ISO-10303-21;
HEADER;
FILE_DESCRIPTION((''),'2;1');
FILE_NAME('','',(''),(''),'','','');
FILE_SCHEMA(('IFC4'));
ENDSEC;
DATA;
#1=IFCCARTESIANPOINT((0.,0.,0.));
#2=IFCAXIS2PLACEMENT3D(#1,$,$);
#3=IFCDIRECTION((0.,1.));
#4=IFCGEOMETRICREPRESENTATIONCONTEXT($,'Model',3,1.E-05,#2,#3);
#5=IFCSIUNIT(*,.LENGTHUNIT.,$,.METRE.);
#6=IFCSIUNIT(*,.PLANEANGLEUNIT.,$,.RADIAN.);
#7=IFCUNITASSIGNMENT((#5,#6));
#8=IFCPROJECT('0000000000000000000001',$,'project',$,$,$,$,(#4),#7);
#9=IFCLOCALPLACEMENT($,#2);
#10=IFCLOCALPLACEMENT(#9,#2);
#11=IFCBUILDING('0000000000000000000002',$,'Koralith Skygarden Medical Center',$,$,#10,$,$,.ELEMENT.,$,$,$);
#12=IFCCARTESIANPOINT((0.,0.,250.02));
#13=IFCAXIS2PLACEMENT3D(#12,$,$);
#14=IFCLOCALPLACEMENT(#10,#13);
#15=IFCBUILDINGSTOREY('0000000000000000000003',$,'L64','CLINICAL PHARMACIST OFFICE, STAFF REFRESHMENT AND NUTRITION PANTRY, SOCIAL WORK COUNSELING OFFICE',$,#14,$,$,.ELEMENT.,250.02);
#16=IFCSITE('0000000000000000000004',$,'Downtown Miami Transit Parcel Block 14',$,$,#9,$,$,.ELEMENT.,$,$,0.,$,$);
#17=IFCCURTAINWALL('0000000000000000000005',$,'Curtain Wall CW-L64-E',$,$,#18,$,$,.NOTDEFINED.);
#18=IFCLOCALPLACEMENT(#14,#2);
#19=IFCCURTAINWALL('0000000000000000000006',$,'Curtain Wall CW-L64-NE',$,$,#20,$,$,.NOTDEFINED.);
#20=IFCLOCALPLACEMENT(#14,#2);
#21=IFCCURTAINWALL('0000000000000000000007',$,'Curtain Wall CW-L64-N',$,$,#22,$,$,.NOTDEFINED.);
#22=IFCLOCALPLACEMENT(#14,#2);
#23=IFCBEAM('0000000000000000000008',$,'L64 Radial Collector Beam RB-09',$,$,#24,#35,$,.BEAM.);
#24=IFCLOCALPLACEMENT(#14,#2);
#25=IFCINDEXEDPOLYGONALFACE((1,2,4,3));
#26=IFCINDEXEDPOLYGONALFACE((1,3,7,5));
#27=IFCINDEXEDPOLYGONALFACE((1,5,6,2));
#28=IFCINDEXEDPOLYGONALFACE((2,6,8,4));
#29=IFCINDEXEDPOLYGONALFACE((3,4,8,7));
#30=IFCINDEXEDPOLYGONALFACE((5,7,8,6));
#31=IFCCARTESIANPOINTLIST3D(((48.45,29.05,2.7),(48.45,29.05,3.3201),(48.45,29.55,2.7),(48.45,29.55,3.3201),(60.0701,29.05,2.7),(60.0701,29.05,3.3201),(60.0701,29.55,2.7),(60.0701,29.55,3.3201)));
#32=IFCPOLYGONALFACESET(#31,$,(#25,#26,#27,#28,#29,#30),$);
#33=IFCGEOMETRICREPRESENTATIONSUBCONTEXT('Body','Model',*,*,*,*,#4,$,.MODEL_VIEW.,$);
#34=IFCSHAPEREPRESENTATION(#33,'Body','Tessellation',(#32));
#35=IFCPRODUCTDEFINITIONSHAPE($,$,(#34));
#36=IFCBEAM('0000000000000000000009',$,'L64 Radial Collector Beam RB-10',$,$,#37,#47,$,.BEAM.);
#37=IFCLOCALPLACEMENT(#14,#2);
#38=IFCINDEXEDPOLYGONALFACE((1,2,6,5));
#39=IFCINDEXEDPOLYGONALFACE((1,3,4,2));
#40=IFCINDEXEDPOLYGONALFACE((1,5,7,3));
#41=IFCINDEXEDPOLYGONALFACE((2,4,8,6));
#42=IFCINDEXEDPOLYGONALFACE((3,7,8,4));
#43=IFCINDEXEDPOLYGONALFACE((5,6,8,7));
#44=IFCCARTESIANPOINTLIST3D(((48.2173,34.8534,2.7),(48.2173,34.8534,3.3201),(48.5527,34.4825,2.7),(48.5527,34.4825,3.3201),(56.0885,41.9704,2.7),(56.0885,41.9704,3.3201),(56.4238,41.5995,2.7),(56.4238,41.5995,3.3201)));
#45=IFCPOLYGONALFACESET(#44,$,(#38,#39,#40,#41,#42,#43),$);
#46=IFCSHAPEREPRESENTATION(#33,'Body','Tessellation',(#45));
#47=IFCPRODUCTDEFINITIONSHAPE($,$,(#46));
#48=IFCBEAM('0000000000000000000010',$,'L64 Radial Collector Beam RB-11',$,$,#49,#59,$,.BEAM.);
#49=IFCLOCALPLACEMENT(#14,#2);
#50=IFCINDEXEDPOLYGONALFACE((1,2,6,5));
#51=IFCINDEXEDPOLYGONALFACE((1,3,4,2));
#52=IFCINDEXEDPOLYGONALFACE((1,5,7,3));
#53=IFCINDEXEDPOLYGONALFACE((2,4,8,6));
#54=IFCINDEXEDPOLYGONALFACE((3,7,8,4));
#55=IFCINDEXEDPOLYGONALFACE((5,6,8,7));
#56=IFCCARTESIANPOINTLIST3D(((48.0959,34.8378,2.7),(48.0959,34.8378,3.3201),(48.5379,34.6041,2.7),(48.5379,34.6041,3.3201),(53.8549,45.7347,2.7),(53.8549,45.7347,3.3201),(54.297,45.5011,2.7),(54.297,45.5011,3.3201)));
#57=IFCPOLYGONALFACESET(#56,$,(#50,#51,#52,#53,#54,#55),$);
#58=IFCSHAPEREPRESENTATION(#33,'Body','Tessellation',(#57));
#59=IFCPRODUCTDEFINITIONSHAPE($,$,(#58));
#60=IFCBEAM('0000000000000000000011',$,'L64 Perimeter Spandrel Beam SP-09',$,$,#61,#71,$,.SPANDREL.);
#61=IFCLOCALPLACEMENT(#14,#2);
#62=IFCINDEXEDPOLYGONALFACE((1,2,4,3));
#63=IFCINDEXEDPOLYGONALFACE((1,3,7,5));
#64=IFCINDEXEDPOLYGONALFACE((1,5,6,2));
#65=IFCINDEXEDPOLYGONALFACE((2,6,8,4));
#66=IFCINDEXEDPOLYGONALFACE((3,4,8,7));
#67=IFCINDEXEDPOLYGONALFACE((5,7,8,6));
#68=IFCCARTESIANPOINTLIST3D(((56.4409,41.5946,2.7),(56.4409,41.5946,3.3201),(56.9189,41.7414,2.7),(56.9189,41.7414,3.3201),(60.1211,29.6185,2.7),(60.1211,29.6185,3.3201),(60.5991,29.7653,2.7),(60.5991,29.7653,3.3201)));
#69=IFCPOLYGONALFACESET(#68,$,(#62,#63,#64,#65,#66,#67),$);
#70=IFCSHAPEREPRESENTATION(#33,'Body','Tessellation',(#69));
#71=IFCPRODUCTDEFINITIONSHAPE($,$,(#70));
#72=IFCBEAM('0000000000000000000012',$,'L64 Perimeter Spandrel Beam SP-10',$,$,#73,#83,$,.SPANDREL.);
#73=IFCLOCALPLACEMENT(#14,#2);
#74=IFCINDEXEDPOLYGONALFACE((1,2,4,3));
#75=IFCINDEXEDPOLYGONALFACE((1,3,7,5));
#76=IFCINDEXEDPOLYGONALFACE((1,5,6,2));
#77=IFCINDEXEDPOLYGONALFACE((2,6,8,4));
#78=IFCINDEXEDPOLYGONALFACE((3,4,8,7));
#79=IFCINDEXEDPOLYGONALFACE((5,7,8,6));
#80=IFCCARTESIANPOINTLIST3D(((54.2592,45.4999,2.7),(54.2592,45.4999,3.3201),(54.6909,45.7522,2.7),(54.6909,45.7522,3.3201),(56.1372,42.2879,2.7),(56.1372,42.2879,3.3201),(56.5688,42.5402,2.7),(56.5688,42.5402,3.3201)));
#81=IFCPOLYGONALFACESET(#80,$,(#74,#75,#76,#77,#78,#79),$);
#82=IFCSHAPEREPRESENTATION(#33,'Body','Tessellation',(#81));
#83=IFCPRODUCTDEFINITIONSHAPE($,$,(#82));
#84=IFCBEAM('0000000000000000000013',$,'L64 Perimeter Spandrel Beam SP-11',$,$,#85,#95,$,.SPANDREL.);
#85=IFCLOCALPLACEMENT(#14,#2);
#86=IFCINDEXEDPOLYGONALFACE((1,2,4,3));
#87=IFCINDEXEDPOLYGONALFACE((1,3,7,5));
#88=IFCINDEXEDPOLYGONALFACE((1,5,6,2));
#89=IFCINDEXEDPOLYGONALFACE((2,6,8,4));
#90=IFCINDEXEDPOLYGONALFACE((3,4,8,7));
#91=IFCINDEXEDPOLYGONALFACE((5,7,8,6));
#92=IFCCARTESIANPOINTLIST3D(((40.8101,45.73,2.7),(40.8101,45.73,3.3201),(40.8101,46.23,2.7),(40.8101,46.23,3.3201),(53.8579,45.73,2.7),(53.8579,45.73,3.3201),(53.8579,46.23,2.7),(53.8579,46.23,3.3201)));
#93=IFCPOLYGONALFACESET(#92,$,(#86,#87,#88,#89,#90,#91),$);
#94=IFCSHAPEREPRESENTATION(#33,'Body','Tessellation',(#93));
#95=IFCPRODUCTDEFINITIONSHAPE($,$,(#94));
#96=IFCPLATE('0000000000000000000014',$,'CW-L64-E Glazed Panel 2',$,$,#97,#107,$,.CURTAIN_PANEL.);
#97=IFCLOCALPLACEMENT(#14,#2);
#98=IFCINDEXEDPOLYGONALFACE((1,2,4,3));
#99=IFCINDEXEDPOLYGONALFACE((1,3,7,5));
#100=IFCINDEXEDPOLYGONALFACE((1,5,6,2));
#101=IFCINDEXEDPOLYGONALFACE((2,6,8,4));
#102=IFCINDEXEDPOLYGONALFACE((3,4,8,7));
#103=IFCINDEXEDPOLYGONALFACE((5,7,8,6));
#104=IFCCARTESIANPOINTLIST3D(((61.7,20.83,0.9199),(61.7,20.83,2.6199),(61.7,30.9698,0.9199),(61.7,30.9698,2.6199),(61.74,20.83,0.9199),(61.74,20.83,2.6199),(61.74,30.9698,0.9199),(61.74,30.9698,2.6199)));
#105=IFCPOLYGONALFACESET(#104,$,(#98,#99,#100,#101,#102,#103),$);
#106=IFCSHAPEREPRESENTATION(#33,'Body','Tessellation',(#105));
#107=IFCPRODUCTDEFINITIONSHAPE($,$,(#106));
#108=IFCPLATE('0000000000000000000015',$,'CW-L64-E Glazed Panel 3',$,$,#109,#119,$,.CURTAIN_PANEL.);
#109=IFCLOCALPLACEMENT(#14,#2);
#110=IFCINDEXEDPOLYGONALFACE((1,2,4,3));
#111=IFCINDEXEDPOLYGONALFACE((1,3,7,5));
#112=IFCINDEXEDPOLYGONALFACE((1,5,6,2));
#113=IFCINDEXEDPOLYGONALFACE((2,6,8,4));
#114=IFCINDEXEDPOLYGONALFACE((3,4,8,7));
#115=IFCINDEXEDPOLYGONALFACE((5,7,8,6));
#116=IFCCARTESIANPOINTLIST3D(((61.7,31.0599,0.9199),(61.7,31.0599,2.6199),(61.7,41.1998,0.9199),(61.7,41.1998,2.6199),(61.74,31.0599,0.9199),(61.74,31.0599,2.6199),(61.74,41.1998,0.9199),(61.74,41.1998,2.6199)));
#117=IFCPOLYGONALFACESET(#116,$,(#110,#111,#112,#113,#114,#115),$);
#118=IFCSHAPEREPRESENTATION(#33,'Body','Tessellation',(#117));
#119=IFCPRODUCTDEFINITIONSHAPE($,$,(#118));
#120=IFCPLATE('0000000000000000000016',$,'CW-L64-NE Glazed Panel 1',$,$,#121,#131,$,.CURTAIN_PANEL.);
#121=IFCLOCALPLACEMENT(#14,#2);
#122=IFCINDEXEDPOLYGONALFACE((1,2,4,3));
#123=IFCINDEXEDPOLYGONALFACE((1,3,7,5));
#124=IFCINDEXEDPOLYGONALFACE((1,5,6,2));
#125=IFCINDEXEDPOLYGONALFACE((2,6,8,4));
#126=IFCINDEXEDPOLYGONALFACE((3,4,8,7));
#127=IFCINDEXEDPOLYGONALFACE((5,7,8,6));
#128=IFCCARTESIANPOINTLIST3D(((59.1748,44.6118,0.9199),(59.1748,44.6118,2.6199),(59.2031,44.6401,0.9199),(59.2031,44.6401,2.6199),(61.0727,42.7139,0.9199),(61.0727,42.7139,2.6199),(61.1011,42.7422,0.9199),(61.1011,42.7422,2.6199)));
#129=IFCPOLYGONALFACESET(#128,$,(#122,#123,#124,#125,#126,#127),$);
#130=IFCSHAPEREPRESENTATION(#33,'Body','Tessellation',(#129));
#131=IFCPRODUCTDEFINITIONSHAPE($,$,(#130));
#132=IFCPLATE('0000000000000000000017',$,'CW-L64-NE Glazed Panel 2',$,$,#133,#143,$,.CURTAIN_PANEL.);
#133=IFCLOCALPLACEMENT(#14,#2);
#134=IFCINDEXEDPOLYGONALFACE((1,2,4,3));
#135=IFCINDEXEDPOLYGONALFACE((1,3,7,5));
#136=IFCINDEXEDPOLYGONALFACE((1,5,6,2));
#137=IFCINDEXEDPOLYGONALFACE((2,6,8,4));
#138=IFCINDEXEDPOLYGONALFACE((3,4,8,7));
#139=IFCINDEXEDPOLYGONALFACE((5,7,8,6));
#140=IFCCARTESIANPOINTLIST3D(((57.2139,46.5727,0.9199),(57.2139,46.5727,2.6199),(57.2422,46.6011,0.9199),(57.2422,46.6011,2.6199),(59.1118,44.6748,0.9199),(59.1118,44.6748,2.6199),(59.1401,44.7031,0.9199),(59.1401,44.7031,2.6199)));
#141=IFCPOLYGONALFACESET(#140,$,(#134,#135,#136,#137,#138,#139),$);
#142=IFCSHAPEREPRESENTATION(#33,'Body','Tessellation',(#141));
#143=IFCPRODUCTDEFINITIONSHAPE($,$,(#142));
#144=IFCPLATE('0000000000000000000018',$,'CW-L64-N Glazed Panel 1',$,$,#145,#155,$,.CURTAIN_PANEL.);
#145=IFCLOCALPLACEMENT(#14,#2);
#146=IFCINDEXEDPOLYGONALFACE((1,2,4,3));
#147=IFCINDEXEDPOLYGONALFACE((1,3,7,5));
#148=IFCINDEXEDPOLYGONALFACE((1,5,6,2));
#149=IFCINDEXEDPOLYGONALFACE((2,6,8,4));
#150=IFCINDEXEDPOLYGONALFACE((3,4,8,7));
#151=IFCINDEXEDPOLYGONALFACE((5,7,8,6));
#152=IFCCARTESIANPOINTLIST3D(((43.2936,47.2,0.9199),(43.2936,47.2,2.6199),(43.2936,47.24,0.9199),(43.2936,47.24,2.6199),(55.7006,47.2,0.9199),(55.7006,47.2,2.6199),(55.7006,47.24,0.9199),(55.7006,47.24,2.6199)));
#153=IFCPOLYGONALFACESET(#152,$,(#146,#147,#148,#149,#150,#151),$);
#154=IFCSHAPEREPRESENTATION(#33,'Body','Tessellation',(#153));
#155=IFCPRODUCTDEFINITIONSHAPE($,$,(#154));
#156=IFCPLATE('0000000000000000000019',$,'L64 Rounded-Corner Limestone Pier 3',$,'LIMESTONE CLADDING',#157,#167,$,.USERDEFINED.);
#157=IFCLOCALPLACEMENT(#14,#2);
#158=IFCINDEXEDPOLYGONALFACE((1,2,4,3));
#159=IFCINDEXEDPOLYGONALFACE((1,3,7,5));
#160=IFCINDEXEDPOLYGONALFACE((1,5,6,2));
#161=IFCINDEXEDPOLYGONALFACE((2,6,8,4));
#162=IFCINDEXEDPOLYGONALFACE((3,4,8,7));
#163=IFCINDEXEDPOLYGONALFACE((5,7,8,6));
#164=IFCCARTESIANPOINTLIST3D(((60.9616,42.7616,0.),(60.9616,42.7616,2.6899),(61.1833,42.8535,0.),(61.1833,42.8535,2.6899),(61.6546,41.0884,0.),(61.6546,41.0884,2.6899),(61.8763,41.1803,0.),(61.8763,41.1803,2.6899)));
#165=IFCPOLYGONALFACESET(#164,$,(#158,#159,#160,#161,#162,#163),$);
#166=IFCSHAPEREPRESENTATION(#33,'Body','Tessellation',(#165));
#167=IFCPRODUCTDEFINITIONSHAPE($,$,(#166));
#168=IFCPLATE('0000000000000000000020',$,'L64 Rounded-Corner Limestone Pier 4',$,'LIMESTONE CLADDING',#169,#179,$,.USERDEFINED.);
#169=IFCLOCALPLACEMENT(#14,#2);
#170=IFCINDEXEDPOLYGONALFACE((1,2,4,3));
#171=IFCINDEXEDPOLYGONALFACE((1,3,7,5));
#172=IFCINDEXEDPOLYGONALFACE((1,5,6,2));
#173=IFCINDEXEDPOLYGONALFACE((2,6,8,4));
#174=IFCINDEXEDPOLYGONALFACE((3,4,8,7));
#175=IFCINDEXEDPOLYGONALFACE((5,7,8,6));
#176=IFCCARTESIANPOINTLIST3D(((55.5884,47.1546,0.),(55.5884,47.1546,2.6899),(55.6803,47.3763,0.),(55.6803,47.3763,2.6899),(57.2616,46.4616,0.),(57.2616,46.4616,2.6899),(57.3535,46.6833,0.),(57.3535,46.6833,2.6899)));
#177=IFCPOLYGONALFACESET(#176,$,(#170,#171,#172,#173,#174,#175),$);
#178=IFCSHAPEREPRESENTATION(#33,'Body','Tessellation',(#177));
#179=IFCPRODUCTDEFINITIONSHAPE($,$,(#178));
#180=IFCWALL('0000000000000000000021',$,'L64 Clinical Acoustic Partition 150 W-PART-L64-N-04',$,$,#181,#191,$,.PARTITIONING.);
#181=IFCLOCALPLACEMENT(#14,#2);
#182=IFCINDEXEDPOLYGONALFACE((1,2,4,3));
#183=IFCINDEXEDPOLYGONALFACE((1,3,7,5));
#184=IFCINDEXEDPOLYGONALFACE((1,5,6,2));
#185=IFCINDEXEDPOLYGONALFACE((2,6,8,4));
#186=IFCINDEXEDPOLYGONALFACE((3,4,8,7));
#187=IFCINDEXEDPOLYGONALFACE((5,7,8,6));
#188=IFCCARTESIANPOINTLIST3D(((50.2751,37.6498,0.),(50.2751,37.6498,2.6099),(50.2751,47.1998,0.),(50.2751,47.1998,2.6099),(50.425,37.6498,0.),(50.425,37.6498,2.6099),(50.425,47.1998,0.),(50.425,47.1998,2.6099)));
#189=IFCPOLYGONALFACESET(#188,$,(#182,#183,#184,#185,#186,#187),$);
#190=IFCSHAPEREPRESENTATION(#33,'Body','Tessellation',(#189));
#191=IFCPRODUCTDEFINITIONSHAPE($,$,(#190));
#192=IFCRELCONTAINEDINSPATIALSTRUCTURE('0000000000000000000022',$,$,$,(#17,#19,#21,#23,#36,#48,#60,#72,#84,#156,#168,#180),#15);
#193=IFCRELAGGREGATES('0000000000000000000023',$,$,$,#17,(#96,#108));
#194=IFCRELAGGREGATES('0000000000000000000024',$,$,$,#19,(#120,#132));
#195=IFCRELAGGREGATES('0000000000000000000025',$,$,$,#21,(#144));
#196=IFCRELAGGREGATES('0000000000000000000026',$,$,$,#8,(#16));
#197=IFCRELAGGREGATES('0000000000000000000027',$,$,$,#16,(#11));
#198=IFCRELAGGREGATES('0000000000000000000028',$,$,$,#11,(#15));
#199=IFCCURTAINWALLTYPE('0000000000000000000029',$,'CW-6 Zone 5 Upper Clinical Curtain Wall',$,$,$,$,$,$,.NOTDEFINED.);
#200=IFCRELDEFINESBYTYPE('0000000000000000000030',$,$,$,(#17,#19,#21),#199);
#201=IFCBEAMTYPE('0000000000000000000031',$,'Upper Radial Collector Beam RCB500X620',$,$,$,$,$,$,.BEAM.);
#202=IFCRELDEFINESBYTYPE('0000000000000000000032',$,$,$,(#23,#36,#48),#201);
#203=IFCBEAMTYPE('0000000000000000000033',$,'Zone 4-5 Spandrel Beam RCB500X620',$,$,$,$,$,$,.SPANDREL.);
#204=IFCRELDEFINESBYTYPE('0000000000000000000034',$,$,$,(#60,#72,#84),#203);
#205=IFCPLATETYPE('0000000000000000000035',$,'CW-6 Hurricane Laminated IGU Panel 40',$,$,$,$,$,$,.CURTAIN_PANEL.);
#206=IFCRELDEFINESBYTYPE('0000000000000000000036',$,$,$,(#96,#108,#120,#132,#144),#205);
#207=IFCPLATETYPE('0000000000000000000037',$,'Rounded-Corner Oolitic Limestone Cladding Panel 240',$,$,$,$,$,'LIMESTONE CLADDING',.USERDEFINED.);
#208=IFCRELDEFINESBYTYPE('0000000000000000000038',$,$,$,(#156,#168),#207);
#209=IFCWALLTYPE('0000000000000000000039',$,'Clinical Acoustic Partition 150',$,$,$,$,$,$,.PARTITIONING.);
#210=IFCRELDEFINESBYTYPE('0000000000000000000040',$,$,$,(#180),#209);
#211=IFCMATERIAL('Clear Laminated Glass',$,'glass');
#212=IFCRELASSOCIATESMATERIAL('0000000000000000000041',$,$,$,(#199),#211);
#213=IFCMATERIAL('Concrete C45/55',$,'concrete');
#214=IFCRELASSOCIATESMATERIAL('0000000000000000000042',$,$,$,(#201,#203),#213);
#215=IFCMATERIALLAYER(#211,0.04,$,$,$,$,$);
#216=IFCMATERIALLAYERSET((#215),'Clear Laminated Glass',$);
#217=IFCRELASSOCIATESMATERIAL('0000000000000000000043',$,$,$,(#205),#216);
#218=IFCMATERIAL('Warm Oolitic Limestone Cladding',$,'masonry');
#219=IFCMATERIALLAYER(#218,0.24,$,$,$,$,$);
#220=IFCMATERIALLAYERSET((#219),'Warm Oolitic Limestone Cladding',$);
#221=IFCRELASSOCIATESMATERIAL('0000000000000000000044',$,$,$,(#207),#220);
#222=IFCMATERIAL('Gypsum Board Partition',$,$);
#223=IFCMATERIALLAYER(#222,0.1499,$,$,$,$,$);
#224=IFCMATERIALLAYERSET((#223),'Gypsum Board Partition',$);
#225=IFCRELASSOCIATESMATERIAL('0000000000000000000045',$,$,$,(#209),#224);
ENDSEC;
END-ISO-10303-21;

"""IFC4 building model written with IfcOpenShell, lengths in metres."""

from ifc_helpers import new_model, si_unit, direction, frame, frame_2d, origin, origin_2d, place, context, subcontext, project, spatial, rectangle, extrude, material, layer, layer_set, material_profile, profile_set, type_object, element, aggregate, save


model = new_model("IFC4")

# Units and contexts
model_context = context("Model", 3, precision=1e-05, world=origin(), true_north=direction((0.0, 1.0)))
body_context = subcontext(model_context, "Body", "Model", "MODEL_VIEW")
ifc_project = project(units=[si_unit("LENGTHUNIT", "METRE"), si_unit("PLANEANGLEUNIT", "RADIAN")], contexts=[model_context])

# Site, building, storey
site_placement = place(None, origin())
site = spatial("IfcSite", under=ifc_project, at=site_placement, Name="Downtown Miami Transit Parcel Block 14", CompositionType="ELEMENT", RefElevation=0.0)
building_placement = place(site_placement, origin())
building = spatial("IfcBuilding", under=site, at=building_placement, Name="Koralith Skygarden Medical Center", CompositionType="ELEMENT")
storey_placement = place(building_placement, frame((0.0, 0.0, 250.02)))
storey = spatial("IfcBuildingStorey", under=building, at=storey_placement, Name="L64", Description="CLINICAL PHARMACIST OFFICE, STAFF REFRESHMENT AND NUTRITION PANTRY, SOCIAL WORK COUNSELING OFFICE", CompositionType="ELEMENT", Elevation=250.02)

# Curtain walls
ifc_material_1 = material(Name="Clear Laminated Glass", Category="glass")
curtain_wall_type = type_object("IfcCurtainWallType", Name="CW-6 Zone 5 Upper Clinical Curtain Wall", PredefinedType="NOTDEFINED", material=ifc_material_1)
curtain_wall_1_placement = place(storey_placement, origin())
curtain_wall_1 = element("IfcCurtainWall", 1, at=curtain_wall_1_placement, inside=storey, type_object=curtain_wall_type, Name="Curtain Wall CW-L64-E", PredefinedType="NOTDEFINED")
curtain_wall_2_placement = place(storey_placement, origin())
curtain_wall_2 = element("IfcCurtainWall", 2, at=curtain_wall_2_placement, inside=storey, type_object=curtain_wall_type, Name="Curtain Wall CW-L64-NE", PredefinedType="NOTDEFINED")

# Curtain wall
curtain_wall_3_placement = place(storey_placement, origin())
curtain_wall_3 = element("IfcCurtainWall", 3, at=curtain_wall_3_placement, inside=storey, type_object=curtain_wall_type, Name="Curtain Wall CW-L64-N", PredefinedType="NOTDEFINED")

# Beams
ifc_material_2 = material(Name="Concrete C45/55", Category="concrete")
ifc_material_profile_1 = material_profile(ifc_material_2, rectangle(XDim=0.5, YDim=0.6201, at=origin_2d()), Name="RCB500X620")
ifc_profile_set_1 = profile_set([ifc_material_profile_1], Name="Concrete C45/55")
beam_type_1 = type_object("IfcBeamType", Name="Upper Radial Collector Beam RCB500X620", PredefinedType="BEAM", material=ifc_profile_set_1)
beam_1_placement = place(storey_placement, frame((48.45, 29.3, 3.01), z_axis=(1.0, 0.0, 0.0), x_axis=(0.0, 1.0, 0.0)))
element("IfcBeam", 4, at=beam_1_placement, inside=storey, type_object=beam_type_1, Name="L64 Radial Collector Beam RB-09", PredefinedType="BEAM", context=body_context, shape_type="SweptSolid", body=[
    extrude(rectangle(XDim=0.5, YDim=0.6201, at=origin_2d()), origin(), (0.0, 0.0, 1.0), 11.6201),
])
beam_2_placement = place(storey_placement, frame((48.385, 34.668, 3.01), z_axis=(0.741748, 0.670679, 0.0), x_axis=(-0.670679, 0.741748, 0.0)))
element("IfcBeam", 5, at=beam_2_placement, inside=storey, type_object=beam_type_1, Name="L64 Radial Collector Beam RB-10", PredefinedType="BEAM", context=body_context, shape_type="SweptSolid", body=[
    extrude(rectangle(XDim=0.5, YDim=0.6201, at=origin_2d()), origin(), (0.0, 0.0, 1.0), 10.6116),
])
beam_3_placement = place(storey_placement, frame((48.3169, 34.7209, 3.01), z_axis=(0.467257, 0.884122, 0.0), x_axis=(-0.884122, 0.467257, 0.0)))
element("IfcBeam", 6, at=beam_3_placement, inside=storey, type_object=beam_type_1, Name="L64 Radial Collector Beam RB-11", PredefinedType="BEAM", context=body_context, shape_type="SweptSolid", body=[
    extrude(rectangle(XDim=0.5, YDim=0.6201, at=origin_2d()), origin(), (0.0, 0.0, 1.0), 12.3252),
])
ifc_material_profile_2 = material_profile(ifc_material_2, rectangle(XDim=0.5, YDim=0.6201, at=origin_2d()), Name="RCB500X620")
ifc_profile_set_2 = profile_set([ifc_material_profile_2], Name="Concrete C45/55")
beam_type_2 = type_object("IfcBeamType", Name="Zone 4-5 Spandrel Beam RCB500X620", PredefinedType="SPANDREL", material=ifc_profile_set_2)
beam_4_placement = place(storey_placement, frame((60.3601, 29.6919, 3.01), z_axis=(-0.293738, 0.955886, 0.0), x_axis=(-0.955886, -0.293738, 0.0)))
element("IfcBeam", 7, at=beam_4_placement, inside=storey, type_object=beam_type_2, Name="L64 Perimeter Spandrel Beam SP-09", PredefinedType="SPANDREL", context=body_context, shape_type="SweptSolid", body=[
    extrude(rectangle(XDim=0.5, YDim=0.6201, at=origin_2d()), origin(), (0.0, 0.0, 1.0), 12.5288),
])
beam_5_placement = place(storey_placement, frame((56.353, 42.4141, 3.01), z_axis=(-0.504736, 0.863274, 0.0), x_axis=(-0.863274, -0.504736, 0.0)))
element("IfcBeam", 8, at=beam_5_placement, inside=storey, type_object=beam_type_2, Name="L64 Perimeter Spandrel Beam SP-10", PredefinedType="SPANDREL", context=body_context, shape_type="SweptSolid", body=[
    extrude(rectangle(XDim=0.5, YDim=0.6201, at=origin_2d()), origin(), (0.0, 0.0, 1.0), 3.7207),
])
beam_6_placement = place(storey_placement, frame((53.8579, 45.98, 3.01), z_axis=(-1.0, 0.0, 0.0), x_axis=(0.0, -1.0, 0.0)))
element("IfcBeam", 9, at=beam_6_placement, inside=storey, type_object=beam_type_2, Name="L64 Perimeter Spandrel Beam SP-11", PredefinedType="SPANDREL", context=body_context, shape_type="SweptSolid", body=[
    extrude(rectangle(XDim=0.5, YDim=0.6201, at=origin_2d()), origin(), (0.0, 0.0, 1.0), 13.0479),
])

# Plates
ifc_layer_1 = layer(ifc_material_1, 0.04)
ifc_layer_set_1 = layer_set([ifc_layer_1], Name="Clear Laminated Glass")
plate_type_1 = type_object("IfcPlateType", Name="CW-6 Hurricane Laminated IGU Panel 40", PredefinedType="CURTAIN_PANEL", material=ifc_layer_set_1)
plate_1_placement = place(storey_placement, frame((61.72, 25.8999, 0.9199), z_axis=(0.0, 0.0, 1.0), x_axis=(0.0, 1.0, 0.0)))
plate_1 = element("IfcPlate", 10, at=plate_1_placement, type_object=plate_type_1, Name="CW-L64-E Glazed Panel 2", PredefinedType="CURTAIN_PANEL", context=body_context, shape_type="SweptSolid", body=[
    extrude(rectangle(XDim=10.1399, YDim=0.04, at=origin_2d()), origin(), (0.0, 0.0, 1.0), 1.7),
])
plate_2_placement = place(storey_placement, frame((61.72, 36.1299, 0.9199), z_axis=(0.0, 0.0, 1.0), x_axis=(0.0, 1.0, 0.0)))
plate_2 = element("IfcPlate", 11, at=plate_2_placement, type_object=plate_type_1, Name="CW-L64-E Glazed Panel 3", PredefinedType="CURTAIN_PANEL", context=body_context, shape_type="SweptSolid", body=[
    extrude(rectangle(XDim=10.1399, YDim=0.04, at=origin_2d()), origin(), (0.0, 0.0, 1.0), 1.7),
])
aggregate(curtain_wall_1, [plate_1, plate_2])
plate_3_placement = place(storey_placement, frame((60.1379, 43.677, 0.9199), z_axis=(0.0, 0.0, 1.0), x_axis=(-0.707107, 0.707107, 0.0)))
plate_3 = element("IfcPlate", 12, at=plate_3_placement, type_object=plate_type_1, Name="CW-L64-NE Glazed Panel 1", PredefinedType="CURTAIN_PANEL", context=body_context, shape_type="SweptSolid", body=[
    extrude(rectangle(XDim=2.6841, YDim=0.04, at=origin_2d()), origin(), (0.0, 0.0, 1.0), 1.7),
])
plate_4_placement = place(storey_placement, frame((58.177, 45.6379, 0.9199), z_axis=(0.0, 0.0, 1.0), x_axis=(-0.707107, 0.707107, 0.0)))
plate_4 = element("IfcPlate", 13, at=plate_4_placement, type_object=plate_type_1, Name="CW-L64-NE Glazed Panel 2", PredefinedType="CURTAIN_PANEL", context=body_context, shape_type="SweptSolid", body=[
    extrude(rectangle(XDim=2.6841, YDim=0.04, at=origin_2d()), origin(), (0.0, 0.0, 1.0), 1.7),
])
aggregate(curtain_wall_2, [plate_3, plate_4])
plate_5_placement = place(storey_placement, frame((49.4971, 47.22, 0.9199), z_axis=(0.0, 0.0, 1.0), x_axis=(-1.0, 0.0, 0.0)))
plate_5 = element("IfcPlate", 14, at=plate_5_placement, type_object=plate_type_1, Name="CW-L64-N Glazed Panel 1", PredefinedType="CURTAIN_PANEL", context=body_context, shape_type="SweptSolid", body=[
    extrude(rectangle(XDim=12.407, YDim=0.04, at=origin_2d()), origin(), (0.0, 0.0, 1.0), 1.7),
])
aggregate(curtain_wall_3, [plate_5])

# Plates
ifc_material_3 = material(Name="Warm Oolitic Limestone Cladding", Category="masonry")
ifc_layer_2 = layer(ifc_material_3, 0.24)
ifc_layer_set_2 = layer_set([ifc_layer_2], Name="Warm Oolitic Limestone Cladding")
plate_type_2 = type_object("IfcPlateType", Name="Rounded-Corner Oolitic Limestone Cladding Panel 240", ElementType="LIMESTONE CLADDING", PredefinedType="USERDEFINED", material=ifc_layer_set_2)
for number, where, z_axis, x_axis, name in (
    (15, (61.4189, 41.9709, 0.0), (0.0, 0.0, 1.0), (-0.382671, 0.923885, 0.0), "L64 Rounded-Corner Limestone Pier 3"),
    (16, (56.4709, 46.9189, 0.0), (0.0, 0.0, 1.0), (-0.923885, 0.382671, 0.0), "L64 Rounded-Corner Limestone Pier 4"),
):
    element("IfcPlate", number, at=place(storey_placement, frame(where, z_axis=z_axis, x_axis=x_axis)), inside=storey, type_object=plate_type_2, Name=name, ObjectType="LIMESTONE CLADDING", PredefinedType="USERDEFINED", context=body_context, shape_type="SweptSolid", body=[
        extrude(rectangle(XDim=1.811, YDim=0.24, at=origin_2d()), origin(), (0.0, 0.0, 1.0), 2.6899),
    ])

# Wall
ifc_material_4 = material(Name="Gypsum Board Partition")
ifc_layer_3 = layer(ifc_material_4, 0.1499)
ifc_layer_set_3 = layer_set([ifc_layer_3], Name="Gypsum Board Partition")
wall_type_1 = type_object("IfcWallType", Name="Clinical Acoustic Partition 150", PredefinedType="PARTITIONING", material=ifc_layer_set_3)
wall_1_placement = place(storey_placement, frame((50.3501, 37.6499, 0.0), z_axis=(0.0, 0.0, 1.0), x_axis=(0.0, 1.0, 0.0)))
element("IfcWall", 17, at=wall_1_placement, inside=storey, type_object=wall_type_1, Name="L64 Clinical Acoustic Partition 150 W-PART-L64-N-04", PredefinedType="PARTITIONING", context=body_context, shape_type="SweptSolid", body=[
    extrude(rectangle(XDim=9.55, YDim=0.1499, at=frame_2d((4.7749, 0.0))), origin(), (0.0, 0.0, 1.0), 2.6099),
])

save(model, "model.ifc")
